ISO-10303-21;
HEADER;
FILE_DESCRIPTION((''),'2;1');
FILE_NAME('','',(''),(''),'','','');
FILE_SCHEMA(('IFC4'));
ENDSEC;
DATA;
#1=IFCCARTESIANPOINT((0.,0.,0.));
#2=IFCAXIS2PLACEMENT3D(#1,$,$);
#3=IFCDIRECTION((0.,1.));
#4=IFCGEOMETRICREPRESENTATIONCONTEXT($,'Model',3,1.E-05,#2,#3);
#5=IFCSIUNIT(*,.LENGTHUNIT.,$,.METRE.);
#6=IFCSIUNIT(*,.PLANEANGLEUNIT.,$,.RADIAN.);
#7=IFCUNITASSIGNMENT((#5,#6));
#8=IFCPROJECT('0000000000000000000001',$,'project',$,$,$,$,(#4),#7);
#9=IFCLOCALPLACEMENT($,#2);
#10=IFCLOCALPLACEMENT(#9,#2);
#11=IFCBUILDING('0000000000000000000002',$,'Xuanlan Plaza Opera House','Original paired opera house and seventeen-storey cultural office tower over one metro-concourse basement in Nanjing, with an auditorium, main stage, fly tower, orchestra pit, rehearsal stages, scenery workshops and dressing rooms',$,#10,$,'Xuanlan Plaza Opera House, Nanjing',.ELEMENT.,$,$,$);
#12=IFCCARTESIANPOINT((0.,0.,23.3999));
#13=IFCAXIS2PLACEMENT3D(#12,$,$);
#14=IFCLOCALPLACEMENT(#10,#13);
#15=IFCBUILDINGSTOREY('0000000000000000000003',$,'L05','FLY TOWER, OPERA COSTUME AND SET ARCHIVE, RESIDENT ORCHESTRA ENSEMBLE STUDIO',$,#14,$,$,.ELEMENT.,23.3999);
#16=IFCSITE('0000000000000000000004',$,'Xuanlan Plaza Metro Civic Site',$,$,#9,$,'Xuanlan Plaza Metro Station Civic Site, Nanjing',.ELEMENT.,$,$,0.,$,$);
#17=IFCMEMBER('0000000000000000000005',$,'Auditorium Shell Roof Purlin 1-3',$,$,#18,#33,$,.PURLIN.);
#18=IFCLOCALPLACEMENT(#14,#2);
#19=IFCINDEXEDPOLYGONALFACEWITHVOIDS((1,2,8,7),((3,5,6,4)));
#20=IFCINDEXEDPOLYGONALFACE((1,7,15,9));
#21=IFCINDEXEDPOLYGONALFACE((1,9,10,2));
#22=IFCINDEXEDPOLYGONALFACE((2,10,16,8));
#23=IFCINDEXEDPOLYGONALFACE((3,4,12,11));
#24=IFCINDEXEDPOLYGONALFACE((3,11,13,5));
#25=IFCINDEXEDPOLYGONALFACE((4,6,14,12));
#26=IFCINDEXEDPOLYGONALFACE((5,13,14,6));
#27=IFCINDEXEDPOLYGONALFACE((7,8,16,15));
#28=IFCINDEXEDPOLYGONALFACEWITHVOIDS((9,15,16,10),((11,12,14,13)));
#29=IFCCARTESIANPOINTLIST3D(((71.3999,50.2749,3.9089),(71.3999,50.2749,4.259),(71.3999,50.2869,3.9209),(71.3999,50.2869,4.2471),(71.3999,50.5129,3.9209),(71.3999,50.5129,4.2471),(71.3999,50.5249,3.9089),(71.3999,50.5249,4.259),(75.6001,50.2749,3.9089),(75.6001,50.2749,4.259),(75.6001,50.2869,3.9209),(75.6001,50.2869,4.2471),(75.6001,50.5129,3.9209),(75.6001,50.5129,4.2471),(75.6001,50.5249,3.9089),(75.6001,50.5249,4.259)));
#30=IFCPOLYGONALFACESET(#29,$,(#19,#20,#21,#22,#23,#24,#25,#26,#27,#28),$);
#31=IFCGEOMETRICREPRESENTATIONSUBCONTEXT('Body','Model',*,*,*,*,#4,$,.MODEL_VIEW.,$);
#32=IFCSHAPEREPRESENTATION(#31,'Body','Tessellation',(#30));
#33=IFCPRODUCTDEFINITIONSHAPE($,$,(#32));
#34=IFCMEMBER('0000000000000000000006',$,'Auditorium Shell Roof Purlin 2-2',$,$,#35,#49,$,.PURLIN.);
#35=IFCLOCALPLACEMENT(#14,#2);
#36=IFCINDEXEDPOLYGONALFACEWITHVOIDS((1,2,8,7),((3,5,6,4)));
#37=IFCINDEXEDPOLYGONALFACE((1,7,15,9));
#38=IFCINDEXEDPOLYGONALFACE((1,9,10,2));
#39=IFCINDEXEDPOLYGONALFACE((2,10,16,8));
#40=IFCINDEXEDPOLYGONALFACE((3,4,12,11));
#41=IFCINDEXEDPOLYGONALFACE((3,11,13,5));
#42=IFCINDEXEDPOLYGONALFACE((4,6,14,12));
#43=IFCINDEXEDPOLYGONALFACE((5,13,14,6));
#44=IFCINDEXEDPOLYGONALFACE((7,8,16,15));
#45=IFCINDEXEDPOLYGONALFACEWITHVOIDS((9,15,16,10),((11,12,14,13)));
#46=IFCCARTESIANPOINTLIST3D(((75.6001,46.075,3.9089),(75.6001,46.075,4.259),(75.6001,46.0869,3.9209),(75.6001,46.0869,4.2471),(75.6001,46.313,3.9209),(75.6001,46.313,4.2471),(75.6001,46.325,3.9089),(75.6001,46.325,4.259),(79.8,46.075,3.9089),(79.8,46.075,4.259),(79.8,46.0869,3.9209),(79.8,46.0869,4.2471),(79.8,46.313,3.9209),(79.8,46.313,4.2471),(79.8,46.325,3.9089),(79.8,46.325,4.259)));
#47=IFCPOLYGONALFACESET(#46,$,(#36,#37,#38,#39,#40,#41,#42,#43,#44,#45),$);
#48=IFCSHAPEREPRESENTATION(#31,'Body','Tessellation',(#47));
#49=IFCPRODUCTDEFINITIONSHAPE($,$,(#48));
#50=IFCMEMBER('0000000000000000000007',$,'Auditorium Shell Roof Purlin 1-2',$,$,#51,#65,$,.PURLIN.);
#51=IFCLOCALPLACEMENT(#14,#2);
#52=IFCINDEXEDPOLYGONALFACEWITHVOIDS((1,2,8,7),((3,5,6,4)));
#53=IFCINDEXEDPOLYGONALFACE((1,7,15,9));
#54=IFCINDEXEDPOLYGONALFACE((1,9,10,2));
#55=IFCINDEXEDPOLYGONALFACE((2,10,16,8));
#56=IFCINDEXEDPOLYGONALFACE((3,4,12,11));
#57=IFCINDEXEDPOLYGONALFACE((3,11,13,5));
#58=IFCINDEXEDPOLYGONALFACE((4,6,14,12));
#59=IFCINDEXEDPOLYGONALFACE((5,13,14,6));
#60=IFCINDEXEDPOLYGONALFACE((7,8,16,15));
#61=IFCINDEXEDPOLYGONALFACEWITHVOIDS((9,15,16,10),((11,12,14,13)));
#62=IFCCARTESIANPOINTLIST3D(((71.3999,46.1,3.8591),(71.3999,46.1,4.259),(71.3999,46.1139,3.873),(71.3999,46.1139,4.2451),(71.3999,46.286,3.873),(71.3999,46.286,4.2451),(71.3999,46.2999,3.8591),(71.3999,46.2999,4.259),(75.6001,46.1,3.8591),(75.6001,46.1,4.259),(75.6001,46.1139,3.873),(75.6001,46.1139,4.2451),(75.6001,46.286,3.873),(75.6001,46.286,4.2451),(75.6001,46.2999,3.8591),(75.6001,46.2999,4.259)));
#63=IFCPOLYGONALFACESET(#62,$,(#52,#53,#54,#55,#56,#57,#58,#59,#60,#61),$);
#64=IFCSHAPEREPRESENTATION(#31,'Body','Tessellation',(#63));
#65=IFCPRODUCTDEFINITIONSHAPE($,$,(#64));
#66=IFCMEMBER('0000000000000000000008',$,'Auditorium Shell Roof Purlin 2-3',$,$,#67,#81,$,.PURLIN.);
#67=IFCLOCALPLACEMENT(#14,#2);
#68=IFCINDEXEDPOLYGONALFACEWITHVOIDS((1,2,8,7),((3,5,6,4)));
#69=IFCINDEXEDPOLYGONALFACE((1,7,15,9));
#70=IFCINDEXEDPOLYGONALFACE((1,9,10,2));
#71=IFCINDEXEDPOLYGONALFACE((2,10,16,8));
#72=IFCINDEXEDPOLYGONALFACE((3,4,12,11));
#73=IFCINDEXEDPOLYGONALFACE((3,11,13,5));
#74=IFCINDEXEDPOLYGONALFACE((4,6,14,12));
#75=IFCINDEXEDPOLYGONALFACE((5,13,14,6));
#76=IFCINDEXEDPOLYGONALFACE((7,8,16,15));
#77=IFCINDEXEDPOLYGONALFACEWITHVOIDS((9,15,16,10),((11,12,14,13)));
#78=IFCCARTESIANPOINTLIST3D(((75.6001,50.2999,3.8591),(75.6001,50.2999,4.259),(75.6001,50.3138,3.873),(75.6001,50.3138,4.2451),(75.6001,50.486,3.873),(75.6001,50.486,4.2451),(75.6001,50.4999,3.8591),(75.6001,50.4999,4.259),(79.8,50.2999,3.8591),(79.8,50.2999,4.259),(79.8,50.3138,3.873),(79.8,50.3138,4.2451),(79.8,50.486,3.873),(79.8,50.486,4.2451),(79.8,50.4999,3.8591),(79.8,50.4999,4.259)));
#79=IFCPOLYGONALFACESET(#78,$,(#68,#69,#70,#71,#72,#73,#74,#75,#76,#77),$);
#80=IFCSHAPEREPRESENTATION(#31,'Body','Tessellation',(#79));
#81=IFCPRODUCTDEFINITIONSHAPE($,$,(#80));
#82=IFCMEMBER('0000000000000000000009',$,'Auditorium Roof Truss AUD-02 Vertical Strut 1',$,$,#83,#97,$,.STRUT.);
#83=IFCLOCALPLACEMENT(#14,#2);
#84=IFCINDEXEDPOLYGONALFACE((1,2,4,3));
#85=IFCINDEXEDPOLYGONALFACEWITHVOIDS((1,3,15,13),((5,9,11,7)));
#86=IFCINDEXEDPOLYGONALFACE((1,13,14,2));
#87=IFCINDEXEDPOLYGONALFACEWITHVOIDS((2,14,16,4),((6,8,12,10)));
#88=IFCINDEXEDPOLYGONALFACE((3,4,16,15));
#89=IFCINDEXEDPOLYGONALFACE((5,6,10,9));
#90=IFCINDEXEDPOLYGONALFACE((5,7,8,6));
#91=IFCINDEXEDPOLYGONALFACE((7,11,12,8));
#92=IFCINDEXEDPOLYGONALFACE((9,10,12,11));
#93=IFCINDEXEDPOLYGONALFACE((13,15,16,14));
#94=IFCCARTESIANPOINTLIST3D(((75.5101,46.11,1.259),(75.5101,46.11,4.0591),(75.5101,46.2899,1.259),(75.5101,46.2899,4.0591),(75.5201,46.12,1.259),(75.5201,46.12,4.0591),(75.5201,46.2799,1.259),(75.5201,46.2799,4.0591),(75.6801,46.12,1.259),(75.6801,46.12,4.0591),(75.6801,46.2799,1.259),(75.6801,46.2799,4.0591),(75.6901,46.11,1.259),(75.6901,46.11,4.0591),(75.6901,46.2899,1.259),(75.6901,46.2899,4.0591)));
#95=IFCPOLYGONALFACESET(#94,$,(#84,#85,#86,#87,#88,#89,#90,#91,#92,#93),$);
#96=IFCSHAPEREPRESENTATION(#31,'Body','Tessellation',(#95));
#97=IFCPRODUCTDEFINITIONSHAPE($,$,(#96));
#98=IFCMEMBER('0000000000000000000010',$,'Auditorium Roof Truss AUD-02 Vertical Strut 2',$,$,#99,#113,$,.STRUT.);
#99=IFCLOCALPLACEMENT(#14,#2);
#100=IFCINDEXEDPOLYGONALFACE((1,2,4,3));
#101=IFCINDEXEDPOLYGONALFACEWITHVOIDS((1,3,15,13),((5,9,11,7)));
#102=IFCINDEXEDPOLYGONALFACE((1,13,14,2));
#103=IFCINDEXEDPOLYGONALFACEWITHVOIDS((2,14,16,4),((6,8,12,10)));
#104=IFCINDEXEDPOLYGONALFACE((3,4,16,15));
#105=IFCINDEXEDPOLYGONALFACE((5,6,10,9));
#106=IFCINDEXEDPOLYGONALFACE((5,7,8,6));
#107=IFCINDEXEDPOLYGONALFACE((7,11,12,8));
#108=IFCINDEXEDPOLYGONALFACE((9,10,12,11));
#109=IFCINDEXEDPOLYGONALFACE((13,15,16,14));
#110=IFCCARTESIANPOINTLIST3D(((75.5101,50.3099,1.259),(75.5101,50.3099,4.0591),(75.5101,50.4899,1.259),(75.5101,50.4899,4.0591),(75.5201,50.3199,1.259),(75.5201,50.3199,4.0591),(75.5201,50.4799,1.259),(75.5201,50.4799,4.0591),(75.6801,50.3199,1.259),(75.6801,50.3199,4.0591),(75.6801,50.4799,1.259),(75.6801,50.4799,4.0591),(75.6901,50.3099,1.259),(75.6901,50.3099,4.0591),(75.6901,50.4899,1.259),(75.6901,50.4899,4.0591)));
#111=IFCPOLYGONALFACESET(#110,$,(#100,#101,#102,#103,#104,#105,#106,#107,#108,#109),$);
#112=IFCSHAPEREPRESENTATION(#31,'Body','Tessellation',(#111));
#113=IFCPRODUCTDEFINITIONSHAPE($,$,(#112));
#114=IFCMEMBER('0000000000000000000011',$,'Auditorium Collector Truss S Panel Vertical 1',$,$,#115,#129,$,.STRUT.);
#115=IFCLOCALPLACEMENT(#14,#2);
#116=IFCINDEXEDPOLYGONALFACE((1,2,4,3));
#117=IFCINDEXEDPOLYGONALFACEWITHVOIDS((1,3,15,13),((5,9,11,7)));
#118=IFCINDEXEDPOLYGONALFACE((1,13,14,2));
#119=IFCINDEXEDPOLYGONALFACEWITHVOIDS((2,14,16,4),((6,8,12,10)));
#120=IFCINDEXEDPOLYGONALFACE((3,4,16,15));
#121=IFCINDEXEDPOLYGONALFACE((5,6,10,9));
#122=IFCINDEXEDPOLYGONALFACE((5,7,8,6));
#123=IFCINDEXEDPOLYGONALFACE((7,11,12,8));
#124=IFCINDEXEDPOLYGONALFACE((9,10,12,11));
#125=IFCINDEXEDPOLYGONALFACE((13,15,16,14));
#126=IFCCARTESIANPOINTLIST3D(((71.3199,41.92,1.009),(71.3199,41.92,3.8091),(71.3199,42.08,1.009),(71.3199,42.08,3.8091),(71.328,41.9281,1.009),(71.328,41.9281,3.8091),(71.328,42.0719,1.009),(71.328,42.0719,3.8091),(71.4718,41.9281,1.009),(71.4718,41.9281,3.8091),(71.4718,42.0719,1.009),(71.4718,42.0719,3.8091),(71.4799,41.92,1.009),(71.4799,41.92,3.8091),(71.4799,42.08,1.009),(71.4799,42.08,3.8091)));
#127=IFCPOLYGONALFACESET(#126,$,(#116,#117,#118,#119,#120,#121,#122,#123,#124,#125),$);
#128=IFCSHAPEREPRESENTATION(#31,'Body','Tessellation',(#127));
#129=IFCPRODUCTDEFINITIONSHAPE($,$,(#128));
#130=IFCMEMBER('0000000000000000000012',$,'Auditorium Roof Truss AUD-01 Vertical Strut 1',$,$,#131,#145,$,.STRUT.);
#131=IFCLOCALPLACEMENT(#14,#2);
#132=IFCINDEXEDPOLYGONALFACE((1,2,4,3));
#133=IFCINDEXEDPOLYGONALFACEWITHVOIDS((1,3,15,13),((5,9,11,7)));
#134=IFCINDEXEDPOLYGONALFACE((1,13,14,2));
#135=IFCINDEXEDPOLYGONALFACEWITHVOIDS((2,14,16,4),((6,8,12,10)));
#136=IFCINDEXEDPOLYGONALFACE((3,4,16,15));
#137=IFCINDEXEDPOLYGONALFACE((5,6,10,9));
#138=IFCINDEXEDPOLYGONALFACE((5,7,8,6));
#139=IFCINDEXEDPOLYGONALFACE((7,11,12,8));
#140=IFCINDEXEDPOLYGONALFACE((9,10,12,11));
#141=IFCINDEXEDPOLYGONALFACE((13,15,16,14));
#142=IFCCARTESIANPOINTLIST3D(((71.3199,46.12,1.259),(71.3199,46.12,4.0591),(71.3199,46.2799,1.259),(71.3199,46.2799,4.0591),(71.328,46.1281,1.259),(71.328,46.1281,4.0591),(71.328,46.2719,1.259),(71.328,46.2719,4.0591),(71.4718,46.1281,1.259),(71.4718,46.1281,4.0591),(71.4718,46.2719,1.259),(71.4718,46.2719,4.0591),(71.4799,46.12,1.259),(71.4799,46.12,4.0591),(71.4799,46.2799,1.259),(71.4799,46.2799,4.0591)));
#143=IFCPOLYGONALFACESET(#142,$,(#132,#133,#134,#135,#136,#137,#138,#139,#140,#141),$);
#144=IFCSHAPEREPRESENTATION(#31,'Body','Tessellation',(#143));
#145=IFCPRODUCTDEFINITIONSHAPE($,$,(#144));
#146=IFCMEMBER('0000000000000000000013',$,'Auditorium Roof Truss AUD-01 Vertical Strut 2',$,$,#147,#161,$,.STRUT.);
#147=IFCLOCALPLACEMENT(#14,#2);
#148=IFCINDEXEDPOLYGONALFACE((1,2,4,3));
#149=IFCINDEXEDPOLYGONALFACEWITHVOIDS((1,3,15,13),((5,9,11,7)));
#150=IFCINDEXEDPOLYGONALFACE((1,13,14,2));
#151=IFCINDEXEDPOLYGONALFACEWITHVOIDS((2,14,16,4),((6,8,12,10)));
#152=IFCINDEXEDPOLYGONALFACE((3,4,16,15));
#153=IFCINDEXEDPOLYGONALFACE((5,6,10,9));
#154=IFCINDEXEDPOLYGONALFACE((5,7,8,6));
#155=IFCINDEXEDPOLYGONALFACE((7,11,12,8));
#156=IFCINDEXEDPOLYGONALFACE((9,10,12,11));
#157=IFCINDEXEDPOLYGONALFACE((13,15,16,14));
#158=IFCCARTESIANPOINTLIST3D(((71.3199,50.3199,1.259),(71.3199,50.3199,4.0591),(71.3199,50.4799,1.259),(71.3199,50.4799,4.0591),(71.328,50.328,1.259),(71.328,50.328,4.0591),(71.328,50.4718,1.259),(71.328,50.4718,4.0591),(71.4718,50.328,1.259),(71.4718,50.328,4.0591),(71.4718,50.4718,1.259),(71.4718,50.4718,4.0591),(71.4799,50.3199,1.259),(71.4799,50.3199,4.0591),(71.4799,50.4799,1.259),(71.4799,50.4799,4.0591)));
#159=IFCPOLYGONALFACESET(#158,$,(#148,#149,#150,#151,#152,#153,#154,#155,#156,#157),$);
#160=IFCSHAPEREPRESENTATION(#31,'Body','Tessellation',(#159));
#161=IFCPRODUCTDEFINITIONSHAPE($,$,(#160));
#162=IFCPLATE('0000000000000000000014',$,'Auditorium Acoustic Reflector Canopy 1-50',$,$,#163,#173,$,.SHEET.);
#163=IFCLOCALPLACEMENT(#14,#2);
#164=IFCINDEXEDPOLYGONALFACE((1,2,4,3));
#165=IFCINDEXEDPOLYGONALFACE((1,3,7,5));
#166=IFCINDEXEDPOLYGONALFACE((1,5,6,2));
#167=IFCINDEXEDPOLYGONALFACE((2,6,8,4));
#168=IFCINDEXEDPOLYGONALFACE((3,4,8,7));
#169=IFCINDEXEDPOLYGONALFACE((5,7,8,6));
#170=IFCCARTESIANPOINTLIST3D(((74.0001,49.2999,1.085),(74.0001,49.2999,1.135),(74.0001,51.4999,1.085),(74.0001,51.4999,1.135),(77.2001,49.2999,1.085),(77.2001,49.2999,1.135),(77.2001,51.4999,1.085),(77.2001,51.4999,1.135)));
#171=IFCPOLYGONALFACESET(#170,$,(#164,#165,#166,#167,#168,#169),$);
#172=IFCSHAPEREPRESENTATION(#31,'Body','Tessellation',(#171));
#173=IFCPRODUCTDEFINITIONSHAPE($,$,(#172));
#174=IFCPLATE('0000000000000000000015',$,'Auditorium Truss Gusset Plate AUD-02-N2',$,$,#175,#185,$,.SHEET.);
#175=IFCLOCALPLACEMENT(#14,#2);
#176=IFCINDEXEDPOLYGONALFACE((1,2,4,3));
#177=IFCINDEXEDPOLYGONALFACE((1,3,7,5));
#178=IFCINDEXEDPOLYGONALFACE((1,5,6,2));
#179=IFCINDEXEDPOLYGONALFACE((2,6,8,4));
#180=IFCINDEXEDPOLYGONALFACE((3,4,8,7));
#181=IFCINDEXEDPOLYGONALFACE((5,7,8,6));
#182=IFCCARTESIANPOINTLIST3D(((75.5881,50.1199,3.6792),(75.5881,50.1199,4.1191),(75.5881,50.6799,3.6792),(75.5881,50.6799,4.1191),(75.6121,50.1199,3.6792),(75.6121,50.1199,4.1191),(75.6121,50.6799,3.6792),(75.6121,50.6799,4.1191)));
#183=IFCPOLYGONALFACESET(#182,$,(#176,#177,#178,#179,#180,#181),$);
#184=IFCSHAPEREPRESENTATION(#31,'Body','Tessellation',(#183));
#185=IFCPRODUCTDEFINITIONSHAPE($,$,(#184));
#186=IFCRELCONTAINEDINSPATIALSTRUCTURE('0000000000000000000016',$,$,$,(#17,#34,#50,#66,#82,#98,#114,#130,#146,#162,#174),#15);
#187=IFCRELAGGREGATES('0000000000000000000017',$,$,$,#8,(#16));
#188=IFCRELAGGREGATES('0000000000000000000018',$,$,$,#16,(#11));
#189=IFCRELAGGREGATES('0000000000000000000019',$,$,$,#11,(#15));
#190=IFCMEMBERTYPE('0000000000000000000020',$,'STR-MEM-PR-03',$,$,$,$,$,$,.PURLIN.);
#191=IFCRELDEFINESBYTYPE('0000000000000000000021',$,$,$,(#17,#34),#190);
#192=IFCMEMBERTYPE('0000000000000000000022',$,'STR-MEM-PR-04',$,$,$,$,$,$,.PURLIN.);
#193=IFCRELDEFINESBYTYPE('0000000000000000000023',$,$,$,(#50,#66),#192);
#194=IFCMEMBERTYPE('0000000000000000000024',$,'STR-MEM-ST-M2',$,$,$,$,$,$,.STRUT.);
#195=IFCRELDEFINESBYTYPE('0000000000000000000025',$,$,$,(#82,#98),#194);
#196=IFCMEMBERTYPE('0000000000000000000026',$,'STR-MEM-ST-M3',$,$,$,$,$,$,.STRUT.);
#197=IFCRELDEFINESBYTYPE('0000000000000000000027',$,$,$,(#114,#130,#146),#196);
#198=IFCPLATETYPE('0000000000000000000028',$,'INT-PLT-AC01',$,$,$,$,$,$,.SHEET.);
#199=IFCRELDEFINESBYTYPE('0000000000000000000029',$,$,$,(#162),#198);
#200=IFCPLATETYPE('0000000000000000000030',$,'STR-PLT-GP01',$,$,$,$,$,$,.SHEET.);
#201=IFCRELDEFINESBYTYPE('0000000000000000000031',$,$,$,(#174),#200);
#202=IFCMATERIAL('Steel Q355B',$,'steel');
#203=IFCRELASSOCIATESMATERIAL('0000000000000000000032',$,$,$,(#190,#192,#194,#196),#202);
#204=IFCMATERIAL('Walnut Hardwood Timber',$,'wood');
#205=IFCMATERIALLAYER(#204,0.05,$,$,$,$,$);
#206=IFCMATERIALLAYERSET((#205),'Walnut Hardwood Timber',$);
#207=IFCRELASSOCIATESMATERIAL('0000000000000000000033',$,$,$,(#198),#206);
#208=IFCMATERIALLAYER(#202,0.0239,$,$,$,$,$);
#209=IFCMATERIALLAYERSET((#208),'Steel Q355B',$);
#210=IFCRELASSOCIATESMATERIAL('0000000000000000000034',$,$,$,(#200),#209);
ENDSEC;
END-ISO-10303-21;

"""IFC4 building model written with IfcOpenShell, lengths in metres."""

from ifc_helpers import new_model, si_unit, direction, frame, origin, origin_2d, place, context, subcontext, project, spatial, rectangle, hollow_rectangle, extrude, material, layer, layer_set, material_profile, profile_set, type_object, element, save


model = new_model("IFC4")

# Units and contexts
model_context = context("Model", 3, precision=1e-05, world=origin(), true_north=direction((0.0, 1.0)))
body_context = subcontext(model_context, "Body", "Model", "MODEL_VIEW")
ifc_project = project(units=[si_unit("LENGTHUNIT", "METRE"), si_unit("PLANEANGLEUNIT", "RADIAN")], contexts=[model_context])

# Site, building, storey
site_placement = place(None, origin())
site = spatial("IfcSite", under=ifc_project, at=site_placement, Name="Xuanlan Plaza Metro Civic Site", LongName="Xuanlan Plaza Metro Station Civic Site, Nanjing", CompositionType="ELEMENT", RefElevation=0.0)
building_placement = place(site_placement, origin())
building = spatial("IfcBuilding", under=site, at=building_placement, Name="Xuanlan Plaza Opera House", Description="Original paired opera house and seventeen-storey cultural office tower over one metro-concourse basement in Nanjing, with an auditorium, main stage, fly tower, orchestra pit, rehearsal stages, scenery workshops and dressing rooms", LongName="Xuanlan Plaza Opera House, Nanjing", CompositionType="ELEMENT")
storey_placement = place(building_placement, frame((0.0, 0.0, 23.3999)))
storey = spatial("IfcBuildingStorey", under=building, at=storey_placement, Name="L05", Description="FLY TOWER, OPERA COSTUME AND SET ARCHIVE, RESIDENT ORCHESTRA ENSEMBLE STUDIO", CompositionType="ELEMENT", Elevation=23.3999)

# Members
ifc_material_1 = material(Name="Steel Q355B", Category="steel")
ifc_material_profile_1 = material_profile(ifc_material_1, hollow_rectangle(XDim=0.25, YDim=0.3501, WallThickness=0.012, at=origin_2d()), Name="RHS 350x250x12")
ifc_profile_set_1 = profile_set([ifc_material_profile_1], Name="Steel Q355B")
member_type_1 = type_object("IfcMemberType", Name="STR-MEM-PR-03", PredefinedType="PURLIN", material=ifc_profile_set_1)
member_1_placement = place(storey_placement, frame((71.3999, 50.3999, 4.084), z_axis=(1.0, 0.0, 0.0), x_axis=(0.0, 1.0, 0.0)))
element("IfcMember", 1, at=member_1_placement, inside=storey, type_object=member_type_1, Name="Auditorium Shell Roof Purlin 1-3", PredefinedType="PURLIN", context=body_context, shape_type="SweptSolid", body=[
    extrude(hollow_rectangle(XDim=0.25, YDim=0.3501, WallThickness=0.012, at=origin_2d()), origin(), (0.0, 0.0, 1.0), 4.2002),
])
member_2_placement = place(storey_placement, frame((75.6001, 46.2, 4.084), z_axis=(1.0, 0.0, 0.0), x_axis=(0.0, 1.0, 0.0)))
element("IfcMember", 2, at=member_2_placement, inside=storey, type_object=member_type_1, Name="Auditorium Shell Roof Purlin 2-2", PredefinedType="PURLIN", context=body_context, shape_type="SweptSolid", body=[
    extrude(hollow_rectangle(XDim=0.25, YDim=0.3501, WallThickness=0.012, at=origin_2d()), origin(), (0.0, 0.0, 1.0), 4.2),
])
ifc_material_profile_2 = material_profile(ifc_material_1, hollow_rectangle(XDim=0.2, YDim=0.3999, WallThickness=0.0139, at=origin_2d()), Name="RHS 400x200x14")
ifc_profile_set_2 = profile_set([ifc_material_profile_2], Name="Steel Q355B")
member_type_2 = type_object("IfcMemberType", Name="STR-MEM-PR-04", PredefinedType="PURLIN", material=ifc_profile_set_2)
member_3_placement = place(storey_placement, frame((71.3999, 46.2, 4.0591), z_axis=(1.0, 0.0, 0.0), x_axis=(0.0, 1.0, 0.0)))
element("IfcMember", 3, at=member_3_placement, inside=storey, type_object=member_type_2, Name="Auditorium Shell Roof Purlin 1-2", PredefinedType="PURLIN", context=body_context, shape_type="SweptSolid", body=[
    extrude(hollow_rectangle(XDim=0.2, YDim=0.3999, WallThickness=0.0139, at=origin_2d()), origin(), (0.0, 0.0, 1.0), 4.2002),
])
member_4_placement = place(storey_placement, frame((75.6001, 50.3999, 4.0591), z_axis=(1.0, 0.0, 0.0), x_axis=(0.0, 1.0, 0.0)))
element("IfcMember", 4, at=member_4_placement, inside=storey, type_object=member_type_2, Name="Auditorium Shell Roof Purlin 2-3", PredefinedType="PURLIN", context=body_context, shape_type="SweptSolid", body=[
    extrude(hollow_rectangle(XDim=0.2, YDim=0.3999, WallThickness=0.0139, at=origin_2d()), origin(), (0.0, 0.0, 1.0), 4.2),
])
ifc_material_profile_3 = material_profile(ifc_material_1, hollow_rectangle(XDim=0.1799, YDim=0.1799, WallThickness=0.01, at=origin_2d()), Name="SHS 180x180x10")
ifc_profile_set_3 = profile_set([ifc_material_profile_3], Name="Steel Q355B")
member_type_3 = type_object("IfcMemberType", Name="STR-MEM-ST-M2", PredefinedType="STRUT", material=ifc_profile_set_3)
for number, where, z_axis, x_axis, name in (
    (5, (75.6001, 46.2, 1.259), (0.0, 0.0, 1.0), (1.0, 0.0, 0.0), "Auditorium Roof Truss AUD-02 Vertical Strut 1"),
    (6, (75.6001, 50.3999, 1.259), (0.0, 0.0, 1.0), (1.0, 0.0, 0.0), "Auditorium Roof Truss AUD-02 Vertical Strut 2"),
):
    element("IfcMember", number, at=place(storey_placement, frame(where, z_axis=z_axis, x_axis=x_axis)), inside=storey, type_object=member_type_3, Name=name, PredefinedType="STRUT", context=body_context, shape_type="SweptSolid", body=[
        extrude(hollow_rectangle(XDim=0.1799, YDim=0.1799, WallThickness=0.01, at=origin_2d()), origin(), (0.0, 0.0, 1.0), 2.8),
    ])
ifc_material_profile_4 = material_profile(ifc_material_1, hollow_rectangle(XDim=0.1599, YDim=0.1599, WallThickness=0.0081, at=origin_2d()), Name="SHS 160x160x8")
ifc_profile_set_4 = profile_set([ifc_material_profile_4], Name="Steel Q355B")
member_type_4 = type_object("IfcMemberType", Name="STR-MEM-ST-M3", PredefinedType="STRUT", material=ifc_profile_set_4)
for number, where, z_axis, x_axis, name in (
    (7, (71.3999, 42.0, 1.009), (0.0, 0.0, 1.0), (1.0, 0.0, 0.0), "Auditorium Collector Truss S Panel Vertical 1"),
    (8, (71.3999, 46.2, 1.259), (0.0, 0.0, 1.0), (1.0, 0.0, 0.0), "Auditorium Roof Truss AUD-01 Vertical Strut 1"),
    (9, (71.3999, 50.3999, 1.259), (0.0, 0.0, 1.0), (1.0, 0.0, 0.0), "Auditorium Roof Truss AUD-01 Vertical Strut 2"),
):
    element("IfcMember", number, at=place(storey_placement, frame(where, z_axis=z_axis, x_axis=x_axis)), inside=storey, type_object=member_type_4, Name=name, PredefinedType="STRUT", context=body_context, shape_type="SweptSolid", body=[
        extrude(hollow_rectangle(XDim=0.1599, YDim=0.1599, WallThickness=0.0081, at=origin_2d()), origin(), (0.0, 0.0, 1.0), 2.8),
    ])

# Plates
ifc_material_2 = material(Name="Walnut Hardwood Timber", Category="wood")
ifc_layer_1 = layer(ifc_material_2, 0.05)
ifc_layer_set_1 = layer_set([ifc_layer_1], Name="Walnut Hardwood Timber")
plate_type_1 = type_object("IfcPlateType", Name="INT-PLT-AC01", PredefinedType="SHEET", material=ifc_layer_set_1)
plate_1_placement = place(storey_placement, frame((75.6001, 50.3999, 1.085), z_axis=(0.0, 0.0, 1.0), x_axis=(1.0, 0.0, 0.0)))
element("IfcPlate", 10, at=plate_1_placement, inside=storey, type_object=plate_type_1, Name="Auditorium Acoustic Reflector Canopy 1-50", PredefinedType="SHEET", context=body_context, shape_type="SweptSolid", body=[
    extrude(rectangle(XDim=3.2, YDim=2.2, at=origin_2d()), origin(), (0.0, 0.0, 1.0), 0.05),
])
ifc_layer_2 = layer(ifc_material_1, 0.0239)
ifc_layer_set_2 = layer_set([ifc_layer_2], Name="Steel Q355B")
plate_type_2 = type_object("IfcPlateType", Name="STR-PLT-GP01", PredefinedType="SHEET", material=ifc_layer_set_2)
plate_2_placement = place(storey_placement, frame((75.6001, 50.3999, 3.6792), z_axis=(0.0, 0.0, 1.0), x_axis=(1.0, 0.0, 0.0)))
element("IfcPlate", 11, at=plate_2_placement, inside=storey, type_object=plate_type_2, Name="Auditorium Truss Gusset Plate AUD-02-N2", PredefinedType="SHEET", context=body_context, shape_type="SweptSolid", body=[
    extrude(rectangle(XDim=0.0239, YDim=0.5601, at=origin_2d()), origin(), (0.0, 0.0, 1.0), 0.4399),
])

save(model, "model.ifc")
